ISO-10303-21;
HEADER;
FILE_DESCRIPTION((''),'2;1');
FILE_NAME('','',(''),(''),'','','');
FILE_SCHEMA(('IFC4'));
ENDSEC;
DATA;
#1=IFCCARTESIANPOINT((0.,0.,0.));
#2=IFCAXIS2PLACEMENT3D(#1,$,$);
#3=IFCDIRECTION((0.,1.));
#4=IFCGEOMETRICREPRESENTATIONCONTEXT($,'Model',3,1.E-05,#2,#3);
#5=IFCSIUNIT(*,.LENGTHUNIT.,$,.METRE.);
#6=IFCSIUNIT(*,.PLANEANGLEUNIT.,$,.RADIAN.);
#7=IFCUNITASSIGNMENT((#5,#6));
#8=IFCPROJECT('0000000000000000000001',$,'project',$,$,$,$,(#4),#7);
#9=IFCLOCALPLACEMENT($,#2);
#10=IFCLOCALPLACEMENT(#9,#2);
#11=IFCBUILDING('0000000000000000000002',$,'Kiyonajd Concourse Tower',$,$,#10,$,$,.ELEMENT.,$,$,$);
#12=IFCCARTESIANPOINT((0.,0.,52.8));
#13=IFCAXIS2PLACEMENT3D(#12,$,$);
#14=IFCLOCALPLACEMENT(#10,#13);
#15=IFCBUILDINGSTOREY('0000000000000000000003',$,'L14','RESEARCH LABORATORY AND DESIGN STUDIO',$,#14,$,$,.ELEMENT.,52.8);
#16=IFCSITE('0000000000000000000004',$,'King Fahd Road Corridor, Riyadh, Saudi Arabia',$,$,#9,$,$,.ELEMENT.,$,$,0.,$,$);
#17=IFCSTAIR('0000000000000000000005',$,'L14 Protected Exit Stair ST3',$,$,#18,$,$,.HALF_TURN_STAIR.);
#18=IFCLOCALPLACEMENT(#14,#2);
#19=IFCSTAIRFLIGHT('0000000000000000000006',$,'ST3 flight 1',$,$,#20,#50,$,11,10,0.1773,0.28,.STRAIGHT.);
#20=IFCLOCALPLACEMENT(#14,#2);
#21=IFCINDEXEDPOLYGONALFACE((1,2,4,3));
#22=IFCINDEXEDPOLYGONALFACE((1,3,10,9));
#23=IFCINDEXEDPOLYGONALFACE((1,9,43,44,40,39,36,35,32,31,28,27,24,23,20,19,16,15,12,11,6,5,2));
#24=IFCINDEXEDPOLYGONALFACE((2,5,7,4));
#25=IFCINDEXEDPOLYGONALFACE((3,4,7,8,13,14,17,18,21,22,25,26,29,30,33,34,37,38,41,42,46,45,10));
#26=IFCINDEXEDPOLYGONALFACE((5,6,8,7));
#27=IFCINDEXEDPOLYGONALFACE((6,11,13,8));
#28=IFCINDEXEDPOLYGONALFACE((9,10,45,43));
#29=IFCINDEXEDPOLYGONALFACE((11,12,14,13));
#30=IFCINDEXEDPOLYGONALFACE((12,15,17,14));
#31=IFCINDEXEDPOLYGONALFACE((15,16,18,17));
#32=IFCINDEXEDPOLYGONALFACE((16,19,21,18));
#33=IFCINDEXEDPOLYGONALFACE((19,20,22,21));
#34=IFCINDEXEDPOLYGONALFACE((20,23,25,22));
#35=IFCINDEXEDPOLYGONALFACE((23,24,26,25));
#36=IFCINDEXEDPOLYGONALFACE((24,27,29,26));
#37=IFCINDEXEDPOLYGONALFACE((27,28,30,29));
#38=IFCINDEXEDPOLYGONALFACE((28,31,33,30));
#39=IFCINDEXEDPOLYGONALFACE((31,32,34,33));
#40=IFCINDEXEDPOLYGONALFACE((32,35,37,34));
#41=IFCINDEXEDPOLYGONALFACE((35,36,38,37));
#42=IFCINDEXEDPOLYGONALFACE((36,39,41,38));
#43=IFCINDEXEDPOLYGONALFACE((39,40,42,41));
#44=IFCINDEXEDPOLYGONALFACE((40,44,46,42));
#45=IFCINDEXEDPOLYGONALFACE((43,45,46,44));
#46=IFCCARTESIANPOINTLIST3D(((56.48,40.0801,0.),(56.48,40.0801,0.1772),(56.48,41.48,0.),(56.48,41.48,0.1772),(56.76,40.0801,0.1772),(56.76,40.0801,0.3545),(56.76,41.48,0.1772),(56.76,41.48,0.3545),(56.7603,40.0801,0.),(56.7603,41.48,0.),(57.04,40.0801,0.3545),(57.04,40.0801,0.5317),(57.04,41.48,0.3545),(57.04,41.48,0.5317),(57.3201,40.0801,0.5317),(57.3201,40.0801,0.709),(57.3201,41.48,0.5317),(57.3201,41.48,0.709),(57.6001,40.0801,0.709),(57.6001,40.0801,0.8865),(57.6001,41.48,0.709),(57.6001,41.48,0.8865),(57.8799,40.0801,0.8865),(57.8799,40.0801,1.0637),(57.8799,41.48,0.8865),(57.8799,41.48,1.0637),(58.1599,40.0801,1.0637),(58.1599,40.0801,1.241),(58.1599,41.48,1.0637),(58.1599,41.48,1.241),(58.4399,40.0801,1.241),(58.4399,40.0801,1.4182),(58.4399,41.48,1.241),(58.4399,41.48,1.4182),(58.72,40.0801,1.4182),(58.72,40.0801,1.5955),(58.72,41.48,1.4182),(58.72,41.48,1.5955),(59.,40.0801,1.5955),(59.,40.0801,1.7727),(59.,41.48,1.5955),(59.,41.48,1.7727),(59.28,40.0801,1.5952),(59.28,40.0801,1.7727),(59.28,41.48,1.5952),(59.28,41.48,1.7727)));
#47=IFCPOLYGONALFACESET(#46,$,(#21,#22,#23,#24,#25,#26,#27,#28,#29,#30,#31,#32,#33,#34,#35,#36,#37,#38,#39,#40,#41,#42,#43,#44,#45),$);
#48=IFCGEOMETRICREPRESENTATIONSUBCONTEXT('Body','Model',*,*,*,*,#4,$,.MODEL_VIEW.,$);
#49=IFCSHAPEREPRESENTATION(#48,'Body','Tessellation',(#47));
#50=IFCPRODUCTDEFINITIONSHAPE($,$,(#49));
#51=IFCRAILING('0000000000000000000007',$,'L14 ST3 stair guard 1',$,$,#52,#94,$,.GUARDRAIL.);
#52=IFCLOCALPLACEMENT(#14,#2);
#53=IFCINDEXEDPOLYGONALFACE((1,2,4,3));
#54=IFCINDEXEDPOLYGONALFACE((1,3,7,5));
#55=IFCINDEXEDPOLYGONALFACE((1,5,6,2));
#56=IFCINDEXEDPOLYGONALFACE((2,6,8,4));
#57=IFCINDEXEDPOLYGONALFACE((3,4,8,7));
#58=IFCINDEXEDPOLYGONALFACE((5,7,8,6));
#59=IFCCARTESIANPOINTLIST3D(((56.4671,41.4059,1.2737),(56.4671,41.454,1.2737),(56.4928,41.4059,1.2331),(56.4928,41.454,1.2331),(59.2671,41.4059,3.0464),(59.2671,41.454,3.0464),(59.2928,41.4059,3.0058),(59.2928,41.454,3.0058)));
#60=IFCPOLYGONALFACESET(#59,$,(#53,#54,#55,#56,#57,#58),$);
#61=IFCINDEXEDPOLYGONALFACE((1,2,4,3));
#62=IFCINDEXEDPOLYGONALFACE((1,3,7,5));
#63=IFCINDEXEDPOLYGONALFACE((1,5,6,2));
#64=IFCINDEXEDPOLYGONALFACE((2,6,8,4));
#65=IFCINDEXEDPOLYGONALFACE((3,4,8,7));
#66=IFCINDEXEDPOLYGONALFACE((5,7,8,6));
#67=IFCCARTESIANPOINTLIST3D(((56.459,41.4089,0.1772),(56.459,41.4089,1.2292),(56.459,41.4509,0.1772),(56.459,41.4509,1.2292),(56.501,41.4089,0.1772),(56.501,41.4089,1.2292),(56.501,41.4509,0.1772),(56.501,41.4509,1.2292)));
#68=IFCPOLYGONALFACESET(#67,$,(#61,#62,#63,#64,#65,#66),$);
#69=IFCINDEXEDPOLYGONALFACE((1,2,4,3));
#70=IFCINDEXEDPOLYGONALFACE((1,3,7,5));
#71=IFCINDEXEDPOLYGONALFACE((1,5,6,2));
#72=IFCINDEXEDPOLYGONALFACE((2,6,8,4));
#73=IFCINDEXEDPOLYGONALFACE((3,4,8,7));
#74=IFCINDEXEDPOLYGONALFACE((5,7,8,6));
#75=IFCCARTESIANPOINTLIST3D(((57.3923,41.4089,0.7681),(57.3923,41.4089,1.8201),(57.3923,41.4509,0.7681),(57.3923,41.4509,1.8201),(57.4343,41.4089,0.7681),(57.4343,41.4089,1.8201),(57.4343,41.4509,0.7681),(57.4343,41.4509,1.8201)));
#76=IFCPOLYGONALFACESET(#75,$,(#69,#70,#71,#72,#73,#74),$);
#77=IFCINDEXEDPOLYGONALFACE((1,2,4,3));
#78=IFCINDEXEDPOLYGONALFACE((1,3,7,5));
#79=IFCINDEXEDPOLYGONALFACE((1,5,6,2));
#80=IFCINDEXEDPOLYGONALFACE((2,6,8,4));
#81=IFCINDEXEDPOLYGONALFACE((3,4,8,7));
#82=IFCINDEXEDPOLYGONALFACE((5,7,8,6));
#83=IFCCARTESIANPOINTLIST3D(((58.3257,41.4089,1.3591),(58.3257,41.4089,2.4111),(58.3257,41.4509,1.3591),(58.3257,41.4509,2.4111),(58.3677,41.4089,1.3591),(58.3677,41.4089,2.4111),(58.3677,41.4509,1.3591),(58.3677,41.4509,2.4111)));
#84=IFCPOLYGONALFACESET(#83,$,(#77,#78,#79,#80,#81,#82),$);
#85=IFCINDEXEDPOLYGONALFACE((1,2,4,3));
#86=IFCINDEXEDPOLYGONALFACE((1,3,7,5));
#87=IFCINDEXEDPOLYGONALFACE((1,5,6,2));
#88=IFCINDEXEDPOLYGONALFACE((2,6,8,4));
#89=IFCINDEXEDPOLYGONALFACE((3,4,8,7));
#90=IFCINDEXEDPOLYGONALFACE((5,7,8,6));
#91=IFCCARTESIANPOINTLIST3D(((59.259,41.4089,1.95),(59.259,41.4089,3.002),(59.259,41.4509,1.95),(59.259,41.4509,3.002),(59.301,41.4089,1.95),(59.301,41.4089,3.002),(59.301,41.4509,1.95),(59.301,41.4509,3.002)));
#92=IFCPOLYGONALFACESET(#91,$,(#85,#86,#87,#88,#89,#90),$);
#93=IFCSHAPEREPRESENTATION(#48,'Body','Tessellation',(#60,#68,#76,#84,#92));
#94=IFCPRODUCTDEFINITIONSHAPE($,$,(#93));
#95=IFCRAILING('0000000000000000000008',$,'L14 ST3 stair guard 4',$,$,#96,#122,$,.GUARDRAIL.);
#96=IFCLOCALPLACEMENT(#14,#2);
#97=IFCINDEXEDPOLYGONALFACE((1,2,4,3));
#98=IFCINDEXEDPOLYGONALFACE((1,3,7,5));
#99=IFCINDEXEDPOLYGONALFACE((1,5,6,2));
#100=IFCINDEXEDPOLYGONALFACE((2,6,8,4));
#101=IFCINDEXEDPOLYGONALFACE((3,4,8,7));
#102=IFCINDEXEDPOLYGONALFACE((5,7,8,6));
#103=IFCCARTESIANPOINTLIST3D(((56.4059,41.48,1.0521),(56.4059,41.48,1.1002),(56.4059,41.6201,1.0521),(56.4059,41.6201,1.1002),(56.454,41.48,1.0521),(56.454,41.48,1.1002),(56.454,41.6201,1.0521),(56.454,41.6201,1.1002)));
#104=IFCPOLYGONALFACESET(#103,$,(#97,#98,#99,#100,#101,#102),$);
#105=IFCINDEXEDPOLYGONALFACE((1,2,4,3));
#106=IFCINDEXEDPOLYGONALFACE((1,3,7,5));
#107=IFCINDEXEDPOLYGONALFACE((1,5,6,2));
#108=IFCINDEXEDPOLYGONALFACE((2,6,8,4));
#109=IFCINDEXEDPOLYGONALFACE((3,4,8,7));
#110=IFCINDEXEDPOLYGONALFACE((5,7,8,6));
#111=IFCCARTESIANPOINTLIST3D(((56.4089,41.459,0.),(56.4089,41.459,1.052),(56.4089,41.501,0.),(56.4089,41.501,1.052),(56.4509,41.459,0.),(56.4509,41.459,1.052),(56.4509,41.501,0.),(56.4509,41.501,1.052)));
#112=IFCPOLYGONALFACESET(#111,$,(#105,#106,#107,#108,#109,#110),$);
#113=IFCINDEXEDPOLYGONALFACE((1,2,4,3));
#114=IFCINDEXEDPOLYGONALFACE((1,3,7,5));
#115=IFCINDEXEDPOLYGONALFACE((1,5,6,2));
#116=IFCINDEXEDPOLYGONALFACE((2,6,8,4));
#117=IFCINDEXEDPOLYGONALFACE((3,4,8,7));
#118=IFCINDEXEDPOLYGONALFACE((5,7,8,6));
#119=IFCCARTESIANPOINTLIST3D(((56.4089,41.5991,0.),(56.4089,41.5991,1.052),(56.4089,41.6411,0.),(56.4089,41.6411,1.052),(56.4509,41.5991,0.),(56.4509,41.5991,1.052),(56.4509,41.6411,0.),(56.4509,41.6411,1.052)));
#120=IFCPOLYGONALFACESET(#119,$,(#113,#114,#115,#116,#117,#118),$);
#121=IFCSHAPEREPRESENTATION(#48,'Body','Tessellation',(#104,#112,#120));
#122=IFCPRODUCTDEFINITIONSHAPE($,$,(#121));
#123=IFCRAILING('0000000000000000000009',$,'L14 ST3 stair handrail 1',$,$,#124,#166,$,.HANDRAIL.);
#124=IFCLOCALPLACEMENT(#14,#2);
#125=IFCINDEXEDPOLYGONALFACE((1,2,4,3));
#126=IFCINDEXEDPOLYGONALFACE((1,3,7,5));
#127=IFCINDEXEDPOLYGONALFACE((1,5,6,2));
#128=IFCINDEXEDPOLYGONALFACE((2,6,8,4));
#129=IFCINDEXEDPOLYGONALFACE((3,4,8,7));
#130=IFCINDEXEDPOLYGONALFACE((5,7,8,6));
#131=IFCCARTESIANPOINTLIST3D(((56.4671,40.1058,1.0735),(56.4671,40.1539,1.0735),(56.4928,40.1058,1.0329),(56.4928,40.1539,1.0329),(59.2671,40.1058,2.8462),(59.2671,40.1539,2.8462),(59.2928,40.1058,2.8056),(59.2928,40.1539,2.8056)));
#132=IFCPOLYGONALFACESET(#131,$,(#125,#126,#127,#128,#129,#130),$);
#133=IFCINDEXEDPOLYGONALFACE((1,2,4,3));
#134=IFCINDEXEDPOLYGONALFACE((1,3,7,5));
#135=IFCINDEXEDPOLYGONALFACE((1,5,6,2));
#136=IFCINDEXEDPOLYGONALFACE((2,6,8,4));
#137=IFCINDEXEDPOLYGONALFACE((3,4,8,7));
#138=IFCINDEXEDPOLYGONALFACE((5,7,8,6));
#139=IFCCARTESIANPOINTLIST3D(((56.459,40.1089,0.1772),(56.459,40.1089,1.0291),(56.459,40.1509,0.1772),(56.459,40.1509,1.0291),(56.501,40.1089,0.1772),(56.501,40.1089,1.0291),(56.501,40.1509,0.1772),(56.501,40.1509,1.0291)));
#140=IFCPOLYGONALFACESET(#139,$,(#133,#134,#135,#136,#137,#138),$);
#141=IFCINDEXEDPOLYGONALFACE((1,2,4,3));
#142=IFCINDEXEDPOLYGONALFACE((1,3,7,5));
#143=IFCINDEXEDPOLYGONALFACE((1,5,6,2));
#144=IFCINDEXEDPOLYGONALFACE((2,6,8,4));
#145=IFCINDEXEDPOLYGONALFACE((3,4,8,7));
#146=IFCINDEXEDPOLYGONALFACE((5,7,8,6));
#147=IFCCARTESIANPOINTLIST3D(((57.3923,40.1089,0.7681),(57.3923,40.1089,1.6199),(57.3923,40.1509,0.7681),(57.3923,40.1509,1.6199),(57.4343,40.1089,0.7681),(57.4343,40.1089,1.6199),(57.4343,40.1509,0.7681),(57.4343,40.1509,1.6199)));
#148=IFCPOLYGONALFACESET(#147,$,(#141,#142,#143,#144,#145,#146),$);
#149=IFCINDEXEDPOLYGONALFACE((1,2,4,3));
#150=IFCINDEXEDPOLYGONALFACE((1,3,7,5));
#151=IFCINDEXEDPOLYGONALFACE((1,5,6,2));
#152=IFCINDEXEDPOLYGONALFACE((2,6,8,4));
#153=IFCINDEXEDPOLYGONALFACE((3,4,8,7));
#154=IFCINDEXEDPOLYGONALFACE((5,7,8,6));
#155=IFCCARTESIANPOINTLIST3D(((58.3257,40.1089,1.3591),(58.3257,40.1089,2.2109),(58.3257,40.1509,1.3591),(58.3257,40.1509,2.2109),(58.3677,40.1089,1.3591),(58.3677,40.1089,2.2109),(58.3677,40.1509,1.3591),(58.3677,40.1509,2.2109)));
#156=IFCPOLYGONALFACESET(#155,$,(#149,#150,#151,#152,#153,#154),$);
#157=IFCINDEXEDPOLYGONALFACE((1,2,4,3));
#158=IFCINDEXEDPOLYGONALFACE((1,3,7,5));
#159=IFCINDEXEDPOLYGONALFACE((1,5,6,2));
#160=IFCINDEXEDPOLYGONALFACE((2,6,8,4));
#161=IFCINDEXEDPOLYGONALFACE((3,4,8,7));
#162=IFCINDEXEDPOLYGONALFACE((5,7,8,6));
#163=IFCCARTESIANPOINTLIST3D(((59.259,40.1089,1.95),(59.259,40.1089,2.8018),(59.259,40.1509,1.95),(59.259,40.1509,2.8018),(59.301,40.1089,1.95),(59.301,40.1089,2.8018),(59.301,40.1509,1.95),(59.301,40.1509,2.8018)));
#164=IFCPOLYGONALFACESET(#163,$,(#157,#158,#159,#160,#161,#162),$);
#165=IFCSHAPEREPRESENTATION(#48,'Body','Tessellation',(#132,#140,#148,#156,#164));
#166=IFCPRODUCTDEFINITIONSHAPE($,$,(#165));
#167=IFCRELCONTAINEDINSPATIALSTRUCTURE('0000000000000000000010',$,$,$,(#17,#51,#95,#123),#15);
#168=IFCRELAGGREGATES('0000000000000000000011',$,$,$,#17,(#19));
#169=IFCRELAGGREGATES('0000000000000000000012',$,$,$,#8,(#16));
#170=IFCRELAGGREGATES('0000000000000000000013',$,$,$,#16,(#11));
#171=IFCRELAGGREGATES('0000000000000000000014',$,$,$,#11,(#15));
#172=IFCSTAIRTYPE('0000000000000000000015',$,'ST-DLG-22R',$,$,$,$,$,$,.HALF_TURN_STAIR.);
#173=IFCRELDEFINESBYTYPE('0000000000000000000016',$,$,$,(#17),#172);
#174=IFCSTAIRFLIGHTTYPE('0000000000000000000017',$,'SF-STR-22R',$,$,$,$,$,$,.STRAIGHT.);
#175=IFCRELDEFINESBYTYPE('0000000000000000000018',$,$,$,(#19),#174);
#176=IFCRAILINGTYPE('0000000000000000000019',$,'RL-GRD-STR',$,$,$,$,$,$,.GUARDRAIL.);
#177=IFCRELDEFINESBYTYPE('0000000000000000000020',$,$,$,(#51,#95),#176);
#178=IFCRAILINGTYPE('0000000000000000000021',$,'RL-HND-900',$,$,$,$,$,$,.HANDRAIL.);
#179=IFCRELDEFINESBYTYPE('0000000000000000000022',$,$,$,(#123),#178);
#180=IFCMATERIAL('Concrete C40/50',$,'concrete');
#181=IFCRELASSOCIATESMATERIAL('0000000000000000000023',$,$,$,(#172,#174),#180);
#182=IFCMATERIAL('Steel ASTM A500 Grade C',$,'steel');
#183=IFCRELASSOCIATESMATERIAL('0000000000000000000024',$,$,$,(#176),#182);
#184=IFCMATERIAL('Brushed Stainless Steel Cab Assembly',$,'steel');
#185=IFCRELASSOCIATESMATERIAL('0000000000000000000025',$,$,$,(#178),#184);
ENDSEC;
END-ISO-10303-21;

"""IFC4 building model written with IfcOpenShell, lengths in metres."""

from ifc_helpers import new_model, si_unit, direction, frame, origin, origin_2d, place, context, subcontext, project, spatial, polyline, rectangle, outline, extrude, material, type_object, element, aggregate, save


model = new_model("IFC4")

# Units and contexts
model_context = context("Model", 3, precision=1e-05, world=origin(), true_north=direction((0.0, 1.0)))
body_context = subcontext(model_context, "Body", "Model", "MODEL_VIEW")
ifc_project = project(units=[si_unit("LENGTHUNIT", "METRE"), si_unit("PLANEANGLEUNIT", "RADIAN")], contexts=[model_context])

# Site, building, storey
site_placement = place(None, origin())
site = spatial("IfcSite", under=ifc_project, at=site_placement, Name="King Fahd Road Corridor, Riyadh, Saudi Arabia", CompositionType="ELEMENT", RefElevation=0.0)
building_placement = place(site_placement, origin())
building = spatial("IfcBuilding", under=site, at=building_placement, Name="Kiyonajd Concourse Tower", CompositionType="ELEMENT")
storey_placement = place(building_placement, frame((0.0, 0.0, 52.8)))
storey = spatial("IfcBuildingStorey", under=building, at=storey_placement, Name="L14", Description="RESEARCH LABORATORY AND DESIGN STUDIO", CompositionType="ELEMENT", Elevation=52.8)

# Shared definitions
ifc_material_1 = material(Name="Brushed Stainless Steel Cab Assembly", Category="steel")

# Stair, stair flight
ifc_material_2 = material(Name="Concrete C40/50", Category="concrete")
stair_type = type_object("IfcStairType", Name="ST-DLG-22R", PredefinedType="HALF_TURN_STAIR", material=ifc_material_2)
stair_placement = place(storey_placement, origin())
stair = element("IfcStair", 1, at=stair_placement, inside=storey, type_object=stair_type, Name="L14 Protected Exit Stair ST3", PredefinedType="HALF_TURN_STAIR")
stair_flight_type = type_object("IfcStairFlightType", Name="SF-STR-22R", PredefinedType="STRAIGHT", material=ifc_material_2)
stair_flight_placement = place(storey_placement, frame((56.48, 40.78, 0.0), z_axis=(0.0, 0.0, 1.0), x_axis=(1.0, 0.0, 0.0)))
stair_flight = element("IfcStairFlight", 2, at=stair_flight_placement, type_object=stair_flight_type, Name="ST3 flight 1", NumberOfRisers=11, NumberOfTreads=10, PredefinedType="STRAIGHT", RiserHeight=0.1773, TreadLength=0.28, context=body_context, shape_type="SweptSolid", body=[
    extrude(outline(polyline([(0.0, 0.0), (0.0, 0.1772), (0.28, 0.1772), (0.28, 0.3545), (0.5601, 0.3545), (0.5601, 0.5317), (0.8401, 0.5317), (0.8401, 0.709), (1.1201, 0.709), (1.1201, 0.8865), (1.3999, 0.8865), (1.3999, 1.0637), (1.6799, 1.0637), (1.6799, 1.241), (1.96, 1.241), (1.96, 1.4182), (2.24, 1.4182), (2.24, 1.5955), (2.52, 1.5955), (2.52, 1.7727), (2.8, 1.7727), (2.8, 1.95), (2.8, 1.5952), (0.2803, 0.0), (0.0, 0.0)])), frame((0.0, 0.7, 0.0), z_axis=(0.0, -1.0, 0.0), x_axis=(1.0, 0.0, 0.0)), (0.0, 0.0, 1.0), 1.3999),
])
aggregate(stair, [stair_flight])

# Railings
ifc_material_3 = material(Name="Steel ASTM A500 Grade C", Category="steel")
railing_type_1 = type_object("IfcRailingType", Name="RL-GRD-STR", PredefinedType="GUARDRAIL", material=ifc_material_3)
railing_1_placement = place(storey_placement, frame((56.48, 41.4299, 0.1772)))
element("IfcRailing", 3, at=railing_1_placement, inside=storey, type_object=railing_type_1, Name="L14 ST3 stair guard 1", PredefinedType="GUARDRAIL", context=body_context, shape_type="SweptSolid", body=[
    extrude(rectangle(XDim=0.0481, YDim=0.0481, at=origin_2d()), frame((0.0, 0.0, 1.0762), z_axis=(0.844909, 0.0, 0.53491), x_axis=(0.0, 1.0, 0.0)), (0.0, 0.0, 1.0), 3.314),
    extrude(rectangle(XDim=0.042, YDim=0.042, at=origin_2d()), origin(), (0.0, 0.0, 1.0), 1.052),
    extrude(rectangle(XDim=0.042, YDim=0.042, at=origin_2d()), frame((0.9333, 0.0, 0.5908)), (0.0, 0.0, 1.0), 1.052),
    extrude(rectangle(XDim=0.042, YDim=0.042, at=origin_2d()), frame((1.8667, 0.0, 1.1819)), (0.0, 0.0, 1.0), 1.052),
    extrude(rectangle(XDim=0.042, YDim=0.042, at=origin_2d()), frame((2.8, 0.0, 1.7727)), (0.0, 0.0, 1.0), 1.052),
])
railing_2_placement = place(storey_placement, frame((56.4299, 41.48, 0.0)))
element("IfcRailing", 4, at=railing_2_placement, inside=storey, type_object=railing_type_1, Name="L14 ST3 stair guard 4", PredefinedType="GUARDRAIL", context=body_context, shape_type="SweptSolid", body=[
    extrude(rectangle(XDim=0.0481, YDim=0.0481, at=origin_2d()), frame((0.0, 0.0, 1.0762), z_axis=(0.0, 1.0, 0.0), x_axis=(-1.0, 0.0, 0.0)), (0.0, 0.0, 1.0), 0.1401),
    extrude(rectangle(XDim=0.042, YDim=0.042, at=origin_2d()), origin(), (0.0, 0.0, 1.0), 1.052),
    extrude(rectangle(XDim=0.042, YDim=0.042, at=origin_2d()), frame((0.0, 0.1401, 0.0)), (0.0, 0.0, 1.0), 1.052),
])
railing_type_2 = type_object("IfcRailingType", Name="RL-HND-900", PredefinedType="HANDRAIL", material=ifc_material_1)
railing_3_placement = place(storey_placement, frame((56.48, 40.1299, 0.1772)))
element("IfcRailing", 5, at=railing_3_placement, inside=storey, type_object=railing_type_2, Name="L14 ST3 stair handrail 1", PredefinedType="HANDRAIL", context=body_context, shape_type="SweptSolid", body=[
    extrude(rectangle(XDim=0.0481, YDim=0.0481, at=origin_2d()), frame((0.0, 0.0, 0.876), z_axis=(0.844909, 0.0, 0.53491), x_axis=(0.0, 1.0, 0.0)), (0.0, 0.0, 1.0), 3.314),
    extrude(rectangle(XDim=0.042, YDim=0.042, at=origin_2d()), origin(), (0.0, 0.0, 1.0), 0.8518),
    extrude(rectangle(XDim=0.042, YDim=0.042, at=origin_2d()), frame((0.9333, 0.0, 0.5908)), (0.0, 0.0, 1.0), 0.8518),
    extrude(rectangle(XDim=0.042, YDim=0.042, at=origin_2d()), frame((1.8667, 0.0, 1.1819)), (0.0, 0.0, 1.0), 0.8518),
    extrude(rectangle(XDim=0.042, YDim=0.042, at=origin_2d()), frame((2.8, 0.0, 1.7727)), (0.0, 0.0, 1.0), 0.8518),
])

save(model, "model.ifc")
